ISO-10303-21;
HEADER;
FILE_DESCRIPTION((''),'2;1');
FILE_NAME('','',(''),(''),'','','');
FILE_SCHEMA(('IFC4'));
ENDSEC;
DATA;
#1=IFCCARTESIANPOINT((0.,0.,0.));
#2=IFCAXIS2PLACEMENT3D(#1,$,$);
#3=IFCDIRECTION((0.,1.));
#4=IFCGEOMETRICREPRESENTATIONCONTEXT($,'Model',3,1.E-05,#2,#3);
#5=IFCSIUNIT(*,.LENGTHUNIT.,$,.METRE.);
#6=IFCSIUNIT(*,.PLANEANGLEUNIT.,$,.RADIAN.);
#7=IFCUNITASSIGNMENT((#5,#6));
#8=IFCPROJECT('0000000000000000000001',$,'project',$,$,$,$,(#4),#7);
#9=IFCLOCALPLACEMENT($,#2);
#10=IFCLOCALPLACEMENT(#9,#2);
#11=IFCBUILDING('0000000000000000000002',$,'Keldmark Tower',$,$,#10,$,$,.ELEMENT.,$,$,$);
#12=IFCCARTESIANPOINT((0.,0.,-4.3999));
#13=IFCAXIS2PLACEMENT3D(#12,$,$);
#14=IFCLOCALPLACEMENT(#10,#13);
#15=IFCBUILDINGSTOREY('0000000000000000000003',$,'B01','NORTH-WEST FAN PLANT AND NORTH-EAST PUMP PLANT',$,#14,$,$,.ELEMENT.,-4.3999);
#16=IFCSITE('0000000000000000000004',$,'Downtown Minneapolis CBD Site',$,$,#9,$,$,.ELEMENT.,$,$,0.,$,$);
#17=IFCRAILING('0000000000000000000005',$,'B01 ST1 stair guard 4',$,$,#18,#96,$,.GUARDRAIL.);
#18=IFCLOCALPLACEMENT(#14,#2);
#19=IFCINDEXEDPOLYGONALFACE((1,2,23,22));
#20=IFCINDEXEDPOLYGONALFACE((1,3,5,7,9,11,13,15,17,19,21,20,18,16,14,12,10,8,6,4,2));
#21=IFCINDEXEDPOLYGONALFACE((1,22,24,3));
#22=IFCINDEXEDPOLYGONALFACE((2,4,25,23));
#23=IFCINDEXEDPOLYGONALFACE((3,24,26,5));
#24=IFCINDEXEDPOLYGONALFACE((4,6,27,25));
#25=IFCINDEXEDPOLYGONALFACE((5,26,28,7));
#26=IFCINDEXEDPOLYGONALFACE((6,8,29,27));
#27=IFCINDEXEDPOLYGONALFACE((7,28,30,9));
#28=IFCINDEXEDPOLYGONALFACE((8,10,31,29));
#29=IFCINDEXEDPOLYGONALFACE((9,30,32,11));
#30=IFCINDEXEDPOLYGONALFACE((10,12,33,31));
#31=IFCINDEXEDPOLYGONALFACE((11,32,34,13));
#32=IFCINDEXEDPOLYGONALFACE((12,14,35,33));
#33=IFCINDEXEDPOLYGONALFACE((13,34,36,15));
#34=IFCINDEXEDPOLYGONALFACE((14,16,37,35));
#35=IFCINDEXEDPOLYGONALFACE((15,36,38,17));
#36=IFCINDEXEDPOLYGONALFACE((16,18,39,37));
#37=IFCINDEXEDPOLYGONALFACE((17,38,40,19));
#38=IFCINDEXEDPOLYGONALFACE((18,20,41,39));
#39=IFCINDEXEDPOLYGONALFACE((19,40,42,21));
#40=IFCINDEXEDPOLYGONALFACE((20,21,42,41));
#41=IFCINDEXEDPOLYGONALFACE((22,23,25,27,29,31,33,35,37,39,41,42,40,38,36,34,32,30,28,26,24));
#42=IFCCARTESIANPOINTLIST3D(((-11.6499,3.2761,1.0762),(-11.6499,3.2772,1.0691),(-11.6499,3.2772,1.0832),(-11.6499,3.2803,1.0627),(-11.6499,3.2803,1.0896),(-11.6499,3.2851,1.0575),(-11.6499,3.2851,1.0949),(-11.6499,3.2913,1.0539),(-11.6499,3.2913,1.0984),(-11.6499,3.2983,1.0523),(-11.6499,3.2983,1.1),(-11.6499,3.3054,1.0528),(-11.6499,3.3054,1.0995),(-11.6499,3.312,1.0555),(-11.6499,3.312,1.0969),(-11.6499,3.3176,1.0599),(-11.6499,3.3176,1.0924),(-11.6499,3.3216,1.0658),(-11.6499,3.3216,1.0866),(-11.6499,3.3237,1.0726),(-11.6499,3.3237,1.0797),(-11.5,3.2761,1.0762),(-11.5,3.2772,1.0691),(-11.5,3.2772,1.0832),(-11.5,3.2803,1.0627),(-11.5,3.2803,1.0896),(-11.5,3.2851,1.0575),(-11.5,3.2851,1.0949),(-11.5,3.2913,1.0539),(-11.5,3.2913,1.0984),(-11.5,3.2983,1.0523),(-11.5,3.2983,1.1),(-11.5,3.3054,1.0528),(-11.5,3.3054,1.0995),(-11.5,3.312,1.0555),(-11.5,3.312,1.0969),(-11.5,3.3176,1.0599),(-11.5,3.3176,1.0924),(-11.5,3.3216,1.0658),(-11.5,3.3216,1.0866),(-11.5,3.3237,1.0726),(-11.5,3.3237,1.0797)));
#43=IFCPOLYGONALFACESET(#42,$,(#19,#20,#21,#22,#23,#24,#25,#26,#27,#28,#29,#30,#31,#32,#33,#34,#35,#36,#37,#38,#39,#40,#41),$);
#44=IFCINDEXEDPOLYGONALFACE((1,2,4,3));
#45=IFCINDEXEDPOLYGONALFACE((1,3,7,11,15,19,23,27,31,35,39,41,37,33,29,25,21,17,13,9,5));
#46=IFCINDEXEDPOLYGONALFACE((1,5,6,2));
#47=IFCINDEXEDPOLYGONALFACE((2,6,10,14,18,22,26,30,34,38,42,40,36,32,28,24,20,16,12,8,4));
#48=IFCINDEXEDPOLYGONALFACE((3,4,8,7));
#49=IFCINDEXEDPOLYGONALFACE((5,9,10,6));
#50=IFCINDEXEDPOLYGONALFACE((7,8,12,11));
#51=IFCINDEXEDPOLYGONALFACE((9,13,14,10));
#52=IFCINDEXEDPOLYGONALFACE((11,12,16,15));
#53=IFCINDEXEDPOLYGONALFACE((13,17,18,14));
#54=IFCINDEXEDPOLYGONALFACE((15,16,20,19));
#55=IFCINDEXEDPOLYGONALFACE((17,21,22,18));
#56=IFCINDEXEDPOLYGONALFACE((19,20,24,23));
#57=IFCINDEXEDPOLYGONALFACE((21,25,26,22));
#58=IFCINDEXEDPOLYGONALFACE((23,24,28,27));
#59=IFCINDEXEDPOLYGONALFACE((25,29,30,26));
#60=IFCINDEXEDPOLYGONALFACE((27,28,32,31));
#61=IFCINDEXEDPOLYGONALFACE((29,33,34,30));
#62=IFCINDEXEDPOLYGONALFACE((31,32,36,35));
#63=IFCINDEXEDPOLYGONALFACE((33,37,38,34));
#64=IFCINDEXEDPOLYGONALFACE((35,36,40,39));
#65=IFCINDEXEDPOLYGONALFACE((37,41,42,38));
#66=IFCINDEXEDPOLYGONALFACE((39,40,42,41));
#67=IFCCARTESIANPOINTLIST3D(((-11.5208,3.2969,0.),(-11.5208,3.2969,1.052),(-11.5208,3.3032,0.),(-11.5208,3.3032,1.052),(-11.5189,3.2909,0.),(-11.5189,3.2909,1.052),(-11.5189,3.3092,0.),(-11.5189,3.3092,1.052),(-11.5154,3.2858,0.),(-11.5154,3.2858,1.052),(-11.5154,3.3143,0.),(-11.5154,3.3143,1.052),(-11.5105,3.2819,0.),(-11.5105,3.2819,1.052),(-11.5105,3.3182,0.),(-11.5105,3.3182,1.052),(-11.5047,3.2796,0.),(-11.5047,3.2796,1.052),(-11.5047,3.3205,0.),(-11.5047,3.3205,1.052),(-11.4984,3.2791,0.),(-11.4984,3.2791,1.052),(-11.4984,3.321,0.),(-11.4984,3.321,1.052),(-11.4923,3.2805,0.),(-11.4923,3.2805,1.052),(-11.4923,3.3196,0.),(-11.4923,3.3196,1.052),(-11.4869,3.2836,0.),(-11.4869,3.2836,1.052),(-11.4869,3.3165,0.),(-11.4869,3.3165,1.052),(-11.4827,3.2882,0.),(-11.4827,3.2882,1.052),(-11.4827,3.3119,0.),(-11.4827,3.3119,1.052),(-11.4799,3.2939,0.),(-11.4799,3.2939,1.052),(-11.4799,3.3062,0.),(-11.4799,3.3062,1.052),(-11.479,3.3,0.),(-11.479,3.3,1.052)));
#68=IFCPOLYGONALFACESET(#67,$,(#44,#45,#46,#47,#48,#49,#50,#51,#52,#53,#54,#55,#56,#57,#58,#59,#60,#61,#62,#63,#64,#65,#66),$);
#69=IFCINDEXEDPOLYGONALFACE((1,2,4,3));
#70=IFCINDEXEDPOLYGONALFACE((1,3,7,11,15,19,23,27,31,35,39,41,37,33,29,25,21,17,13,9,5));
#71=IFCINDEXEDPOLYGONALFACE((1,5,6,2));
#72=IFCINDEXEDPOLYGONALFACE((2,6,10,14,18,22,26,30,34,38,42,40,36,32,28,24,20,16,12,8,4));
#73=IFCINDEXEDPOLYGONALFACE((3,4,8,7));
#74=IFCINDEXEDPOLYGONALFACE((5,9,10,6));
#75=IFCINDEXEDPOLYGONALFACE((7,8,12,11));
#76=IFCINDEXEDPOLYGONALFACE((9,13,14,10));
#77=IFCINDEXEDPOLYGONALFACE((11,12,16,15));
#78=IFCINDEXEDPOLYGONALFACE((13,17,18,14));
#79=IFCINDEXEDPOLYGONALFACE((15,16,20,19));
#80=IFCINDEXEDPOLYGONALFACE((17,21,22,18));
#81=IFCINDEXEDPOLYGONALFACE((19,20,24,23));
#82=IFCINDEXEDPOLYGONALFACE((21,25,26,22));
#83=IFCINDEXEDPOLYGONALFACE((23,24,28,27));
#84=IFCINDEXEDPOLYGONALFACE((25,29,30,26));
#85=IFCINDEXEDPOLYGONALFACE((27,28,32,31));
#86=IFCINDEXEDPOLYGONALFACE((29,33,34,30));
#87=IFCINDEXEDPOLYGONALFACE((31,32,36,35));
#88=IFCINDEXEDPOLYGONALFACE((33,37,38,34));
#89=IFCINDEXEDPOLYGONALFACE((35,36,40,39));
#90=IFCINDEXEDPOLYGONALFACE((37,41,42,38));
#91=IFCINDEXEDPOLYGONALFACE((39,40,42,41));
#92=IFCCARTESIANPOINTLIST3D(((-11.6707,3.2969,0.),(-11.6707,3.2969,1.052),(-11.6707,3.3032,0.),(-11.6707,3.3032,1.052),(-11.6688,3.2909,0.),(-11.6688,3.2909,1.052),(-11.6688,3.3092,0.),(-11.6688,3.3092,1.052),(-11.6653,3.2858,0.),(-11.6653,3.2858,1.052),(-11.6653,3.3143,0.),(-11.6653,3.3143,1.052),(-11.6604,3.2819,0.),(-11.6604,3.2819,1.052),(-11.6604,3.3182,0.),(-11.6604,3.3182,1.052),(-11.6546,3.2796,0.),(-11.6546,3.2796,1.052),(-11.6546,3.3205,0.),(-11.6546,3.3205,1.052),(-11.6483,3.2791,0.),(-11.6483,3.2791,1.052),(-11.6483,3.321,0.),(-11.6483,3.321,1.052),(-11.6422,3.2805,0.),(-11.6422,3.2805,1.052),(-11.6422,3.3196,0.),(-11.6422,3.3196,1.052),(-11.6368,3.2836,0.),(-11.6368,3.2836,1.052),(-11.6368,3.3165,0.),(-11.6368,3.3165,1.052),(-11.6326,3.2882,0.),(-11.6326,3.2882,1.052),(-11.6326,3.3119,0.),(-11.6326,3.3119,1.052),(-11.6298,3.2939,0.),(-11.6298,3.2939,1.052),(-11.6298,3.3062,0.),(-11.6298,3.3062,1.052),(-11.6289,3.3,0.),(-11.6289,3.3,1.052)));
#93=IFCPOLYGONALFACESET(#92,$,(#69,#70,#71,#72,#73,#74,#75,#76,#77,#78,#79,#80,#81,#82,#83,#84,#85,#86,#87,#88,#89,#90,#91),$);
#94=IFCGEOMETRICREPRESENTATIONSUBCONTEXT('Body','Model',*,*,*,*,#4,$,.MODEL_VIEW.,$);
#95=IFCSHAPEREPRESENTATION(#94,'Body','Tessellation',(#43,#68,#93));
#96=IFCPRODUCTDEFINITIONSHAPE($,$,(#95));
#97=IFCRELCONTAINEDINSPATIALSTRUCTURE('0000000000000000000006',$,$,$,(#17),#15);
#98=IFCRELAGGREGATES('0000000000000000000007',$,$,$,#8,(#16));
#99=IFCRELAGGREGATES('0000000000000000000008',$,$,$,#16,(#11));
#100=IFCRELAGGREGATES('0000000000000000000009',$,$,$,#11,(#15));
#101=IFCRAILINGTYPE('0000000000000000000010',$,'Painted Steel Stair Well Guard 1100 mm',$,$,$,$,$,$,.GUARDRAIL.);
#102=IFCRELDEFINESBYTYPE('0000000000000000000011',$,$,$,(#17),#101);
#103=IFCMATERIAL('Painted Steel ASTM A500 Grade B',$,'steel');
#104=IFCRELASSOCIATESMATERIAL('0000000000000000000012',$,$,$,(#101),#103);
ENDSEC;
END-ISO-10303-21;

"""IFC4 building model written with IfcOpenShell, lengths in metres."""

from ifc_helpers import new_model, si_unit, direction, frame, origin, origin_2d, place, context, subcontext, project, spatial, circle, extrude, material, type_object, element, save


model = new_model("IFC4")

# Units and contexts
model_context = context("Model", 3, precision=1e-05, world=origin(), true_north=direction((0.0, 1.0)))
body_context = subcontext(model_context, "Body", "Model", "MODEL_VIEW")
ifc_project = project(units=[si_unit("LENGTHUNIT", "METRE"), si_unit("PLANEANGLEUNIT", "RADIAN")], contexts=[model_context])

# Site, building, storey
site_placement = place(None, origin())
site = spatial("IfcSite", under=ifc_project, at=site_placement, Name="Downtown Minneapolis CBD Site", CompositionType="ELEMENT", RefElevation=0.0)
building_placement = place(site_placement, origin())
building = spatial("IfcBuilding", under=site, at=building_placement, Name="Keldmark Tower", CompositionType="ELEMENT")
storey_placement = place(building_placement, frame((0.0, 0.0, -4.3999)))
storey = spatial("IfcBuildingStorey", under=building, at=storey_placement, Name="B01", Description="NORTH-WEST FAN PLANT AND NORTH-EAST PUMP PLANT", CompositionType="ELEMENT", Elevation=-4.3999)

# Railing
ifc_material_1 = material(Name="Painted Steel ASTM A500 Grade B", Category="steel")
railing_type_1 = type_object("IfcRailingType", Name="Painted Steel Stair Well Guard 1100 mm", PredefinedType="GUARDRAIL", material=ifc_material_1)
railing_1_placement = place(storey_placement, frame((-11.5, 3.3, 0.0)))
element("IfcRailing", 1, at=railing_1_placement, inside=storey, type_object=railing_type_1, Name="B01 ST1 stair guard 4", PredefinedType="GUARDRAIL", context=body_context, shape_type="SweptSolid", body=[
    extrude(circle(Radius=0.0239, at=origin_2d()), frame((0.0, 0.0, 1.0762), z_axis=(-1.0, 0.0, 0.0), x_axis=(0.0, -1.0, 0.0)), (0.0, 0.0, 1.0), 0.1499),
    extrude(circle(Radius=0.021, at=origin_2d()), origin(), (0.0, 0.0, 1.0), 1.052),
    extrude(circle(Radius=0.021, at=origin_2d()), frame((-0.1499, 0.0, 0.0)), (0.0, 0.0, 1.0), 1.052),
])

save(model, "model.ifc")
